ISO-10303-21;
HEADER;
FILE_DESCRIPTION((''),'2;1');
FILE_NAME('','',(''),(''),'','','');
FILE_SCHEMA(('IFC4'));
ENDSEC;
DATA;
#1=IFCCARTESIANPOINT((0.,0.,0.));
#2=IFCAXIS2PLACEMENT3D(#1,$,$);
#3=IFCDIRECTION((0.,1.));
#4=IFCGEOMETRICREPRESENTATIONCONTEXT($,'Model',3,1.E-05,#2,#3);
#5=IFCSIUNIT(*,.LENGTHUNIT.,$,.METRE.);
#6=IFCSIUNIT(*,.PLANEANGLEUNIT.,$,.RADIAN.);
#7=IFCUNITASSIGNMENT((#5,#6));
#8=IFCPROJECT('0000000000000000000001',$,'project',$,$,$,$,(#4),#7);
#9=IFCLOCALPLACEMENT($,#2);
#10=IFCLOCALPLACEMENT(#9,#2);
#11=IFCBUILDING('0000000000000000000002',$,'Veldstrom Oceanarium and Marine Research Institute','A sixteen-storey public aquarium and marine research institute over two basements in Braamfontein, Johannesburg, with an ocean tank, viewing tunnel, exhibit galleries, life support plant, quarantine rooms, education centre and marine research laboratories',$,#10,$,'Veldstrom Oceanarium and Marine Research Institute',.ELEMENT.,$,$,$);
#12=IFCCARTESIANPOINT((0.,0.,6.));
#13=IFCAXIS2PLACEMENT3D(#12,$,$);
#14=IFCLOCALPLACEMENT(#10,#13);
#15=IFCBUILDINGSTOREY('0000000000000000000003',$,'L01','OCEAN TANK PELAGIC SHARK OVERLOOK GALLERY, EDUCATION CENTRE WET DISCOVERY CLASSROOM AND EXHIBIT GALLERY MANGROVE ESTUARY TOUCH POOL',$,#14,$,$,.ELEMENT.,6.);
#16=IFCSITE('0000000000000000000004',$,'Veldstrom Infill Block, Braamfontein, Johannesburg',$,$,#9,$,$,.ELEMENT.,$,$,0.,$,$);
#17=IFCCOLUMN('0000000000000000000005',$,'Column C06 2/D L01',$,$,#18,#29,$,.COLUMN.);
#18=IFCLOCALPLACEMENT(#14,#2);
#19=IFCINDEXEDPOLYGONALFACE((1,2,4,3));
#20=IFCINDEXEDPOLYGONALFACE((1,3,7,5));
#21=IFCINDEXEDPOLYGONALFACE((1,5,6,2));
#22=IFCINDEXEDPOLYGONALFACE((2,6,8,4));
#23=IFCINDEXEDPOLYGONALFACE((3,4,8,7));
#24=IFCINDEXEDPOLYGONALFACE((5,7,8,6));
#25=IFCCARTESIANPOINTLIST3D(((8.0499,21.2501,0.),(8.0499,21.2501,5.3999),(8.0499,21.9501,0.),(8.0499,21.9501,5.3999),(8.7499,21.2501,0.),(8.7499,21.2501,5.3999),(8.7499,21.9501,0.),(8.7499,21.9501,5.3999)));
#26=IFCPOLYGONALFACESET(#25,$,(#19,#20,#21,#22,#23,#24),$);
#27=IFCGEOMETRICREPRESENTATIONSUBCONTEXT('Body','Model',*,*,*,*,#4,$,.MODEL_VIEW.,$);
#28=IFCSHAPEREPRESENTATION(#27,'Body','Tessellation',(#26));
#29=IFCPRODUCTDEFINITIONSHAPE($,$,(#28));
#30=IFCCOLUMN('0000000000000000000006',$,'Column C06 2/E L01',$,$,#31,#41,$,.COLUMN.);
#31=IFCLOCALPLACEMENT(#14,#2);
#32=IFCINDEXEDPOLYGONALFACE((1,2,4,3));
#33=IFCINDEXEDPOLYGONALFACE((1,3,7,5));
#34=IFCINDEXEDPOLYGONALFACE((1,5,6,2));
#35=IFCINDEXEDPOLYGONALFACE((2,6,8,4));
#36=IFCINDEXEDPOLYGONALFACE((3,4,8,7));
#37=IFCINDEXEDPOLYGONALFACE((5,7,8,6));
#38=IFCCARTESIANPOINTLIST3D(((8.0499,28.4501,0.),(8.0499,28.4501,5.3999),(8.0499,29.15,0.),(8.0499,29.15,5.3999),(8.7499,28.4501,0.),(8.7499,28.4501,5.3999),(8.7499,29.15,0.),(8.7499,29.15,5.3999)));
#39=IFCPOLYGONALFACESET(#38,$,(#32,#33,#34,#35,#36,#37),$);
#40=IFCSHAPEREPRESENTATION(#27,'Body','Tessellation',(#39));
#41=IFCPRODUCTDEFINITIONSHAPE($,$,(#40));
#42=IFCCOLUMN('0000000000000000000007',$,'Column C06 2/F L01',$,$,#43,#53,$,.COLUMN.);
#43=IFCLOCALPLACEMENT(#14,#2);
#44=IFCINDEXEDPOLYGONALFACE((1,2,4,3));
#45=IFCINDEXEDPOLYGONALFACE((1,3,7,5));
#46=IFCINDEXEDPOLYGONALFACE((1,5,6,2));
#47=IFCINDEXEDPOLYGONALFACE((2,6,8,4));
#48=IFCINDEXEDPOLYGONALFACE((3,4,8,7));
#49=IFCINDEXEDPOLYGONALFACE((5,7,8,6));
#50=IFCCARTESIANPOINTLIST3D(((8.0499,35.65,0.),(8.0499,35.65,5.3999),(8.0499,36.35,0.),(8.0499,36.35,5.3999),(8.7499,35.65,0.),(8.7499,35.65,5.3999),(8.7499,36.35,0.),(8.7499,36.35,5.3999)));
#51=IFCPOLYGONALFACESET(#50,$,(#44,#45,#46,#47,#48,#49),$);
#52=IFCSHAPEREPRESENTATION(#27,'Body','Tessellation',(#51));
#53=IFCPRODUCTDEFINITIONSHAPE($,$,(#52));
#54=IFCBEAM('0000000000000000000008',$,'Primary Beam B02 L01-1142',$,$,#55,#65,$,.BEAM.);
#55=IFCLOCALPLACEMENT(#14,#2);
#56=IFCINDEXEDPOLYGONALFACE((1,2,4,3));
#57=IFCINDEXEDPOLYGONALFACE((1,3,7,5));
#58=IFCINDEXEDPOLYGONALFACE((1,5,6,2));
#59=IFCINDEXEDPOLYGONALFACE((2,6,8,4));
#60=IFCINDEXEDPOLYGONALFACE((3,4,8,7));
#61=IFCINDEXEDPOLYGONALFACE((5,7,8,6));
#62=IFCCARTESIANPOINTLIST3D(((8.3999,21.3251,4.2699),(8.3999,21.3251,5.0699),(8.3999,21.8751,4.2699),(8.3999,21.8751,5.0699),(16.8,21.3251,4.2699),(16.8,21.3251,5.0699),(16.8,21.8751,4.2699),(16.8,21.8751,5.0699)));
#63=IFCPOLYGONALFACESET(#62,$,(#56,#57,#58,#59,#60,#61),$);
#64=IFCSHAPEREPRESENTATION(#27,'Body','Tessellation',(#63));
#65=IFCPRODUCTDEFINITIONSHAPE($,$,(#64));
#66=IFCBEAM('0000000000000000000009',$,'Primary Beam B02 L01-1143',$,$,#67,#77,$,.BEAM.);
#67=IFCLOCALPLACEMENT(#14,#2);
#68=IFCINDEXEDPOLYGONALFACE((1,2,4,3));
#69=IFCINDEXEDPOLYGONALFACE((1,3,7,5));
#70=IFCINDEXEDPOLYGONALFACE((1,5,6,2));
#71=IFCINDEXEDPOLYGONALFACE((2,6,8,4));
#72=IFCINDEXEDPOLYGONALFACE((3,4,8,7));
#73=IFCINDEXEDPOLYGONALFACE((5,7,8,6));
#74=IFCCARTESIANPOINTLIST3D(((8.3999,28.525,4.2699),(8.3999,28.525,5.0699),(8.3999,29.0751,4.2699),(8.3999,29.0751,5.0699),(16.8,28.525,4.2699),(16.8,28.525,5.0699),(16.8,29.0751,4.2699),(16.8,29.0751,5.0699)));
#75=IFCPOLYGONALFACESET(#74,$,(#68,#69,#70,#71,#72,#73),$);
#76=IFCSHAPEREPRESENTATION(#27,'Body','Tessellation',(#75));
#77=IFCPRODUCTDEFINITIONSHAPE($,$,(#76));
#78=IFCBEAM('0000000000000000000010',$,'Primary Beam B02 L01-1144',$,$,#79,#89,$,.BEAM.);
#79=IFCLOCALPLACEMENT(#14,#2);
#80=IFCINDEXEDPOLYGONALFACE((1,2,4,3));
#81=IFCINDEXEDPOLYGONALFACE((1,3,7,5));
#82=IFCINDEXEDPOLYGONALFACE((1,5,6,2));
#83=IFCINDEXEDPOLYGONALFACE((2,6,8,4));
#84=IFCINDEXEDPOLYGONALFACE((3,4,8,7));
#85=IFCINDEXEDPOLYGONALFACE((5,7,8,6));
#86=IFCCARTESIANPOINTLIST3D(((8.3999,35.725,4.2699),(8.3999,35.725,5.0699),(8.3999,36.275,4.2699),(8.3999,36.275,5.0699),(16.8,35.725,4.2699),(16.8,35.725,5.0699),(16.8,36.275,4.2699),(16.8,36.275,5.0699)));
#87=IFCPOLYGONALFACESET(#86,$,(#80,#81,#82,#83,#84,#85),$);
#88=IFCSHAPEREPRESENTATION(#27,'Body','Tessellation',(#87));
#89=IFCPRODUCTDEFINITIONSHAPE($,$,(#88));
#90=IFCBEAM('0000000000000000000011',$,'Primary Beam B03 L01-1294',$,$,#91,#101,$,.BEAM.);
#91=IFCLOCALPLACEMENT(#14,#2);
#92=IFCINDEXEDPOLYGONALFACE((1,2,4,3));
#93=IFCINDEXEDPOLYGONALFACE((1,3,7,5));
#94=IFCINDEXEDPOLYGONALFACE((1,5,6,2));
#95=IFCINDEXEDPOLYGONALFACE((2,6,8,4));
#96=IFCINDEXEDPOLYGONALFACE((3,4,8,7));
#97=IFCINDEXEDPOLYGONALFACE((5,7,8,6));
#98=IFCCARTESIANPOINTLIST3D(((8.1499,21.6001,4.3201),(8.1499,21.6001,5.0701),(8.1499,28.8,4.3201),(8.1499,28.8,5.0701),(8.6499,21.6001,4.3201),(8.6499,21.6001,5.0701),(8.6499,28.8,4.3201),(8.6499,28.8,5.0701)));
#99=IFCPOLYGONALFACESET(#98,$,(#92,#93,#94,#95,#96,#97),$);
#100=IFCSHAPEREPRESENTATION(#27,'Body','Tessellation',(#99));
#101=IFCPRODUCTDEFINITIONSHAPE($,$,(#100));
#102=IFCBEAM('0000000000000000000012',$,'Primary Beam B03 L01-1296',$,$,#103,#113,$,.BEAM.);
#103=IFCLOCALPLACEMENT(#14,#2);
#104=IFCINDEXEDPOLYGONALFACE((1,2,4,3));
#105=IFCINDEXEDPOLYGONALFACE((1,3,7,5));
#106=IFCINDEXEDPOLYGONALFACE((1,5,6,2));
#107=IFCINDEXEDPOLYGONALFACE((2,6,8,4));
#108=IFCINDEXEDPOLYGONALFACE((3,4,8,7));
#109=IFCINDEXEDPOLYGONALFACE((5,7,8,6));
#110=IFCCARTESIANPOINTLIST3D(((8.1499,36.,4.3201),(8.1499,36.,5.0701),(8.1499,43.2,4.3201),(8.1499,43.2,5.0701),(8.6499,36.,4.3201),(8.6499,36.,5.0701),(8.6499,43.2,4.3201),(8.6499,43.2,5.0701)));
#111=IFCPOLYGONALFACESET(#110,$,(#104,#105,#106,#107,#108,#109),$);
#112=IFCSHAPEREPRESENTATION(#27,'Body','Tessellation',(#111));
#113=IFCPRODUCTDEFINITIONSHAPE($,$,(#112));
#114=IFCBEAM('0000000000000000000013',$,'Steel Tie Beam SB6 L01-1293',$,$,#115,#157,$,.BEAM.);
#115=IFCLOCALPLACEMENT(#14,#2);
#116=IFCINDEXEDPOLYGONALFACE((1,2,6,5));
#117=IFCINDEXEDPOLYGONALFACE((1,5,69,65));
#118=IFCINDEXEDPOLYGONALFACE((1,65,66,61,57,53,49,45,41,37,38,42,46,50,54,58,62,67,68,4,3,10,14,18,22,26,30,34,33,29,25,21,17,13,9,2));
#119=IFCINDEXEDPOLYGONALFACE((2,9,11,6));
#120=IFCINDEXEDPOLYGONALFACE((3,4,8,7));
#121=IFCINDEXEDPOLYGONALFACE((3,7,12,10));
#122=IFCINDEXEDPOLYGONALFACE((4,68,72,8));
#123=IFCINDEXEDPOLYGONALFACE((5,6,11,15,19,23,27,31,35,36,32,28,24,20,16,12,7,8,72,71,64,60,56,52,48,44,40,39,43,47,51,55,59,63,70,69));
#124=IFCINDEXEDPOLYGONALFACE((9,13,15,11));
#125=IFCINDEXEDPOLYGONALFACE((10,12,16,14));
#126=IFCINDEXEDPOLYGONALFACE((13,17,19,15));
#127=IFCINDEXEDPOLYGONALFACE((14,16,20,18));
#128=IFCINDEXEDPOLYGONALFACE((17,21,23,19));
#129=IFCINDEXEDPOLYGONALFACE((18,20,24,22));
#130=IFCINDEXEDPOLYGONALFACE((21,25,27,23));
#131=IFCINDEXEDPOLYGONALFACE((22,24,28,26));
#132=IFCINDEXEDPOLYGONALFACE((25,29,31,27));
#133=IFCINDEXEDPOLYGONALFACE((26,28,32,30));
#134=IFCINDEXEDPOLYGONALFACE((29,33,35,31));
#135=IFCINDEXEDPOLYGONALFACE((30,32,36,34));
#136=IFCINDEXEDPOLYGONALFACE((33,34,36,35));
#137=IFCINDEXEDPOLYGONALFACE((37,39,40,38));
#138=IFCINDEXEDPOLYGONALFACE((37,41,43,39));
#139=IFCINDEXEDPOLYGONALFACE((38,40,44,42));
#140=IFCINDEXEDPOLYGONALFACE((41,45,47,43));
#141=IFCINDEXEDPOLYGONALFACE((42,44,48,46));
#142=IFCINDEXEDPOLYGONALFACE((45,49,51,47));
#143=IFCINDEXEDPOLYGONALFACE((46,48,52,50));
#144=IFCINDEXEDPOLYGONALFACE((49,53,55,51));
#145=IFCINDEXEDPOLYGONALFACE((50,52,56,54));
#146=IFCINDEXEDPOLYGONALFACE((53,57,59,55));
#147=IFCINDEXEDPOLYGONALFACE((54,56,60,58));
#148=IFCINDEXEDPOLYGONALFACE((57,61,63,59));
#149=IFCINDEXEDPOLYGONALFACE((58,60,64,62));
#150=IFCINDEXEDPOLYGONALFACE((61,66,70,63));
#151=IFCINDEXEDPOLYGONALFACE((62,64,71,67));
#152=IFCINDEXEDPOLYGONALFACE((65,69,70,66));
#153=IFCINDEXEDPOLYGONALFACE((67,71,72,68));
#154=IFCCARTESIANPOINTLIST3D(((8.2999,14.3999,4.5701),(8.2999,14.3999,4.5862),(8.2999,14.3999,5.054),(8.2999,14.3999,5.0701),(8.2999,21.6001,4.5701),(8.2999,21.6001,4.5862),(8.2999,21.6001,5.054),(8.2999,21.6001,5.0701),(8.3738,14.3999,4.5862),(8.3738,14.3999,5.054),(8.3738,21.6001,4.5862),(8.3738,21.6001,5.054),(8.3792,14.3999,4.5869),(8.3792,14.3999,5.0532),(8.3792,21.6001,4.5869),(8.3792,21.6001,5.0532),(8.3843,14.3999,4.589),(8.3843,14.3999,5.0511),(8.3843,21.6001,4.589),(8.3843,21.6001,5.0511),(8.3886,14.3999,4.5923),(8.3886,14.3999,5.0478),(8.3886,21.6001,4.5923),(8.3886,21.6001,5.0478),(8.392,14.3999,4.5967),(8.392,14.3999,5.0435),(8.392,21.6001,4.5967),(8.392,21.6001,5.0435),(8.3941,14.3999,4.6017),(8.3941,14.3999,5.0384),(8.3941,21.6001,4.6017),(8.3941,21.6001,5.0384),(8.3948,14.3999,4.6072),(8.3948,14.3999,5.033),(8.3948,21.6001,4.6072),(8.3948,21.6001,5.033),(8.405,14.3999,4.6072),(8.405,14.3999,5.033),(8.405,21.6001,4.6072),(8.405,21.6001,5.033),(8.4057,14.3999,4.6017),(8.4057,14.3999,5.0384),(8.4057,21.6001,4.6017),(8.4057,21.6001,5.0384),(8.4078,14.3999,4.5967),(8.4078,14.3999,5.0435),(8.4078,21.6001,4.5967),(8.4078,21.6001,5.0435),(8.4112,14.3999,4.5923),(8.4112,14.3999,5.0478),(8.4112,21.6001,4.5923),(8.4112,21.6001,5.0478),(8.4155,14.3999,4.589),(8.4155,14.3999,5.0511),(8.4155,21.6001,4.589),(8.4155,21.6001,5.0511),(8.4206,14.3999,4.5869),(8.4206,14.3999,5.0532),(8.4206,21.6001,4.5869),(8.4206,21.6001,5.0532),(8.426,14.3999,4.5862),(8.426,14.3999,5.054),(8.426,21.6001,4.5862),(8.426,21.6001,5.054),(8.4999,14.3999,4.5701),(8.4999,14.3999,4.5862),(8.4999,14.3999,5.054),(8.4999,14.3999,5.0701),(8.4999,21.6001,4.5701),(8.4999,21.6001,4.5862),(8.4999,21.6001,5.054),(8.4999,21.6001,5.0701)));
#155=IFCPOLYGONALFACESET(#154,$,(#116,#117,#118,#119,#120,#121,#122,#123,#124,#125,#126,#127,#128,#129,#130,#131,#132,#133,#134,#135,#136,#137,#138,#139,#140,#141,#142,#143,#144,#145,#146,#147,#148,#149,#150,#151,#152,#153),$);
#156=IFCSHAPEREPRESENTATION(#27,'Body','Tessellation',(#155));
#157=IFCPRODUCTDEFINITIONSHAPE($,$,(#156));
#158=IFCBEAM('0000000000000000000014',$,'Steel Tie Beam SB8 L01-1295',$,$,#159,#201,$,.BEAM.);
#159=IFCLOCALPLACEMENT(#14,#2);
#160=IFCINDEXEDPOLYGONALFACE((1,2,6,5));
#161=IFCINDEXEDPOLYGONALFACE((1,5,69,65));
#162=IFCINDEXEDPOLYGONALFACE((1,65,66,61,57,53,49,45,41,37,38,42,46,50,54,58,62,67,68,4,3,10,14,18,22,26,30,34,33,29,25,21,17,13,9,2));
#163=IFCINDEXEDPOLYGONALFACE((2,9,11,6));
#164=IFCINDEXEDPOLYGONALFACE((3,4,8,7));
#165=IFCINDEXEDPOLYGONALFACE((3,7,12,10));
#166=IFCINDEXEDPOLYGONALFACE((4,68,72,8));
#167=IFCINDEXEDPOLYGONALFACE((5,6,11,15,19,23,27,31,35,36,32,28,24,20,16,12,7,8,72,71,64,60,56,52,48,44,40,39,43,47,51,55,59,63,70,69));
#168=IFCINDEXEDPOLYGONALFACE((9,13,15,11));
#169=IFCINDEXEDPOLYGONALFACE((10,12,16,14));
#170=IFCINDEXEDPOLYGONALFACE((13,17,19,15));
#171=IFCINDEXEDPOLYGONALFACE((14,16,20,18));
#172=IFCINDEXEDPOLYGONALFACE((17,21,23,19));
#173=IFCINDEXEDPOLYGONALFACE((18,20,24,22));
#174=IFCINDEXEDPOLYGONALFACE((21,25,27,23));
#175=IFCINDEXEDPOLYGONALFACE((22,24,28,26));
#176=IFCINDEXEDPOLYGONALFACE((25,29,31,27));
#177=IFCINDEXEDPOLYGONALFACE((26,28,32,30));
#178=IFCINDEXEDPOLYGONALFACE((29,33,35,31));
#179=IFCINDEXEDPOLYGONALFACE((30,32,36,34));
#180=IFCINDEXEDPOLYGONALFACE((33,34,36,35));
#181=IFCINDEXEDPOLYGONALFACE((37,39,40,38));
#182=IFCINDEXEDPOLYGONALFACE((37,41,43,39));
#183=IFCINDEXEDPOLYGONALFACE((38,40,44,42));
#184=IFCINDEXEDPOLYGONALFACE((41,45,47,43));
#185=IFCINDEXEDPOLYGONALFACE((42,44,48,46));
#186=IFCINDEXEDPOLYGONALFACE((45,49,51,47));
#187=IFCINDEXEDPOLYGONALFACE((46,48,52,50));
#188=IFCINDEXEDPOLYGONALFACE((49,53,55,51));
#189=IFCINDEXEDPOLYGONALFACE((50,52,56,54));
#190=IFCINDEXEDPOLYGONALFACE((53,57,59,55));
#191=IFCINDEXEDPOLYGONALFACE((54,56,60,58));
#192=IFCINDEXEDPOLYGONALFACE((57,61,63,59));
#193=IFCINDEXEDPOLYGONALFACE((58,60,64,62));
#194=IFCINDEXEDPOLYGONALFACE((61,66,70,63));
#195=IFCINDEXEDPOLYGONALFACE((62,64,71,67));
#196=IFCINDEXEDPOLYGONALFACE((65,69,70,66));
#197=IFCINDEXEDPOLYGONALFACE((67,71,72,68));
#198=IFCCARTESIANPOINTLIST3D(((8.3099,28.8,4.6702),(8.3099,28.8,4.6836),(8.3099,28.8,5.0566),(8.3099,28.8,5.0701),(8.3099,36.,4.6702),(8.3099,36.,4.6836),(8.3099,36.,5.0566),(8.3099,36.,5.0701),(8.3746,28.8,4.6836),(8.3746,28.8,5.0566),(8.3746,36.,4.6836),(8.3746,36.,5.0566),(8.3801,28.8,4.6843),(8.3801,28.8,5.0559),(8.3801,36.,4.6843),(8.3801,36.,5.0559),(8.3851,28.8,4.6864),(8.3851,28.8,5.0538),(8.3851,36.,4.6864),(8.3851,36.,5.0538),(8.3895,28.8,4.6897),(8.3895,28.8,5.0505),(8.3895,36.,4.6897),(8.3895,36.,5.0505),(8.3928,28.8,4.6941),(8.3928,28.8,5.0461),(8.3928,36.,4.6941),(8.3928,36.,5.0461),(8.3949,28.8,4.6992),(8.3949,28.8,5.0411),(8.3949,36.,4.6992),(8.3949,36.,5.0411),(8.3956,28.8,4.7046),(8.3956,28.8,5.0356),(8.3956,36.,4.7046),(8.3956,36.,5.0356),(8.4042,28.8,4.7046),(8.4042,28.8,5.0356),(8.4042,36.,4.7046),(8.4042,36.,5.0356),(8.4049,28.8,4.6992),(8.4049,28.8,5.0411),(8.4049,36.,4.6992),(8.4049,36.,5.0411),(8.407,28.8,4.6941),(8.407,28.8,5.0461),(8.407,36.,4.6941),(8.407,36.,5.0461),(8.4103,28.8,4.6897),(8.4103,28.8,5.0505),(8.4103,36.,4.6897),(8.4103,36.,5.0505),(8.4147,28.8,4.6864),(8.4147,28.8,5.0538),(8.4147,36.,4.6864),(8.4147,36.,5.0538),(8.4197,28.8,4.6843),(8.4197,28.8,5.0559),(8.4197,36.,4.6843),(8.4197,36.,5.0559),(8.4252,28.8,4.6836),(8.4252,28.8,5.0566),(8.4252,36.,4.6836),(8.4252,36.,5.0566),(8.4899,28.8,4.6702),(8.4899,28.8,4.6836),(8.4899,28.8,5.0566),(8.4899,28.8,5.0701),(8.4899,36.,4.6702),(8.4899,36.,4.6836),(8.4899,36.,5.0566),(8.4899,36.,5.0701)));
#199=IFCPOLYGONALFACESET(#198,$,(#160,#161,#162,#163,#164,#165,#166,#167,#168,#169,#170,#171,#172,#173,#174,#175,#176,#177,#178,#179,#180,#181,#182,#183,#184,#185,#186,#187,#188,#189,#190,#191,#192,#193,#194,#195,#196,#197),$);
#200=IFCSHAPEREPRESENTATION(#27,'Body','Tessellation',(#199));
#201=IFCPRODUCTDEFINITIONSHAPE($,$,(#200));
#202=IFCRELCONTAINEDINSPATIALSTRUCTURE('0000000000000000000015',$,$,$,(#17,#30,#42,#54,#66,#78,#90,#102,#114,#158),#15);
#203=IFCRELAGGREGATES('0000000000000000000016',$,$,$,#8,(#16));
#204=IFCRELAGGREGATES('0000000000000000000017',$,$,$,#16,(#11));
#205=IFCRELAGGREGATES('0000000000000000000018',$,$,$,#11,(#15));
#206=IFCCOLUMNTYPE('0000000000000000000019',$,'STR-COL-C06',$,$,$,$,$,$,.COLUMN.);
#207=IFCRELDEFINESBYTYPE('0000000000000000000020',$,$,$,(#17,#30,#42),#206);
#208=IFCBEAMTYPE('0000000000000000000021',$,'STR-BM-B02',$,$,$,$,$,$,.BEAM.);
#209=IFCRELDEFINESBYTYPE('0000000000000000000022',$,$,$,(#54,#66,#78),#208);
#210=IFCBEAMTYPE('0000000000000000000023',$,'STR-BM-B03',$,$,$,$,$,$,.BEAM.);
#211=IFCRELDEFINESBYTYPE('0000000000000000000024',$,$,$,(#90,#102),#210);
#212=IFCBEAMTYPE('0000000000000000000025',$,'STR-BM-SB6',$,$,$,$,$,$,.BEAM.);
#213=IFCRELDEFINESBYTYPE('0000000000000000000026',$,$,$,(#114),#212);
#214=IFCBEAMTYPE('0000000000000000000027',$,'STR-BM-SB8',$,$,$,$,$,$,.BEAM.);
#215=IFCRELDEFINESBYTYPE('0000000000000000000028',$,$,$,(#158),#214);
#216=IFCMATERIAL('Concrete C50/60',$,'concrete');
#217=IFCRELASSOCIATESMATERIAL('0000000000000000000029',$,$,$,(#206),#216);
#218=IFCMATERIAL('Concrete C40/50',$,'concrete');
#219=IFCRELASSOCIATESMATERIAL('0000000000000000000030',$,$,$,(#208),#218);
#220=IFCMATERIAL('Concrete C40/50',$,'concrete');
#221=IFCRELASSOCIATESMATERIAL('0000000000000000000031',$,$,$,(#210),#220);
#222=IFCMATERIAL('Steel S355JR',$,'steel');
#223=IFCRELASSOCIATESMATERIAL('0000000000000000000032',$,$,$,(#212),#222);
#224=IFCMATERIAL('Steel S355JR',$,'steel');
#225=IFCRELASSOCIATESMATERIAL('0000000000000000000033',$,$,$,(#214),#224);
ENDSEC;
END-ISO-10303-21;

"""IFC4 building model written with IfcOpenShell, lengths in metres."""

from ifc_helpers import new_model, si_unit, direction, frame, origin, origin_2d, place, context, subcontext, project, spatial, rectangle, i_section, extrude, material, material_profile, profile_set, type_object, element, save


model = new_model("IFC4")

# Units and contexts
model_context = context("Model", 3, precision=1e-05, world=origin(), true_north=direction((0.0, 1.0)))
body_context = subcontext(model_context, "Body", "Model", "MODEL_VIEW")
ifc_project = project(units=[si_unit("LENGTHUNIT", "METRE"), si_unit("PLANEANGLEUNIT", "RADIAN")], contexts=[model_context])

# Site, building, storey
site_placement = place(None, origin())
site = spatial("IfcSite", under=ifc_project, at=site_placement, Name="Veldstrom Infill Block, Braamfontein, Johannesburg", CompositionType="ELEMENT", RefElevation=0.0)
building_placement = place(site_placement, origin())
building = spatial("IfcBuilding", under=site, at=building_placement, Name="Veldstrom Oceanarium and Marine Research Institute", Description="A sixteen-storey public aquarium and marine research institute over two basements in Braamfontein, Johannesburg, with an ocean tank, viewing tunnel, exhibit galleries, life support plant, quarantine rooms, education centre and marine research laboratories", LongName="Veldstrom Oceanarium and Marine Research Institute", CompositionType="ELEMENT")
storey_placement = place(building_placement, frame((0.0, 0.0, 6.0)))
storey = spatial("IfcBuildingStorey", under=building, at=storey_placement, Name="L01", Description="OCEAN TANK PELAGIC SHARK OVERLOOK GALLERY, EDUCATION CENTRE WET DISCOVERY CLASSROOM AND EXHIBIT GALLERY MANGROVE ESTUARY TOUCH POOL", CompositionType="ELEMENT", Elevation=6.0)

# Columns
ifc_material_1 = material(Name="Concrete C50/60", Category="concrete")
ifc_material_profile_1 = material_profile(ifc_material_1, rectangle(XDim=0.7, YDim=0.7, at=origin_2d()), Name="RC-COL-700x700")
ifc_profile_set_1 = profile_set([ifc_material_profile_1], Name="Concrete C50/60")
column_type = type_object("IfcColumnType", Name="STR-COL-C06", PredefinedType="COLUMN", material=ifc_profile_set_1)
for number, where, z_axis, x_axis, name in (
    (1, (8.3999, 21.6001, 0.0), (0.0, 0.0, 1.0), (1.0, 0.0, 0.0), "Column C06 2/D L01"),
    (2, (8.3999, 28.8, 0.0), (0.0, 0.0, 1.0), (1.0, 0.0, 0.0), "Column C06 2/E L01"),
    (3, (8.3999, 36.0, 0.0), (0.0, 0.0, 1.0), (1.0, 0.0, 0.0), "Column C06 2/F L01"),
):
    element("IfcColumn", number, at=place(storey_placement, frame(where, z_axis=z_axis, x_axis=x_axis)), inside=storey, type_object=column_type, Name=name, PredefinedType="COLUMN", context=body_context, shape_type="SweptSolid", body=[
        extrude(rectangle(XDim=0.7, YDim=0.7, at=origin_2d()), origin(), (0.0, 0.0, 1.0), 5.3999),
    ])

# Beams
ifc_material_2 = material(Name="Concrete C40/50", Category="concrete")
ifc_material_profile_2 = material_profile(ifc_material_2, rectangle(XDim=0.55, YDim=0.8, at=origin_2d()), Name="RC-BM-550x800")
ifc_profile_set_2 = profile_set([ifc_material_profile_2], Name="Concrete C40/50")
beam_type_1 = type_object("IfcBeamType", Name="STR-BM-B02", PredefinedType="BEAM", material=ifc_profile_set_2)
for number, where, z_axis, x_axis, name in (
    (4, (8.3999, 21.6001, 4.6699), (1.0, 0.0, 0.0), (0.0, 1.0, 0.0), "Primary Beam B02 L01-1142"),
    (5, (8.3999, 28.8, 4.6699), (1.0, 0.0, 0.0), (0.0, 1.0, 0.0), "Primary Beam B02 L01-1143"),
    (6, (8.3999, 36.0, 4.6699), (1.0, 0.0, 0.0), (0.0, 1.0, 0.0), "Primary Beam B02 L01-1144"),
):
    element("IfcBeam", number, at=place(storey_placement, frame(where, z_axis=z_axis, x_axis=x_axis)), inside=storey, type_object=beam_type_1, Name=name, PredefinedType="BEAM", context=body_context, shape_type="SweptSolid", body=[
        extrude(rectangle(XDim=0.55, YDim=0.8, at=origin_2d()), origin(), (0.0, 0.0, 1.0), 8.4001),
    ])
ifc_material_3 = material(Name="Concrete C40/50", Category="concrete")
ifc_material_profile_3 = material_profile(ifc_material_3, rectangle(XDim=0.5, YDim=0.75, at=origin_2d()), Name="RC-BM-500x750")
ifc_profile_set_3 = profile_set([ifc_material_profile_3], Name="Concrete C40/50")
beam_type_2 = type_object("IfcBeamType", Name="STR-BM-B03", PredefinedType="BEAM", material=ifc_profile_set_3)
for number, where, z_axis, x_axis, name in (
    (7, (8.3999, 21.6001, 4.6951), (0.0, 1.0, 0.0), (-1.0, 0.0, 0.0), "Primary Beam B03 L01-1294"),
    (8, (8.3999, 36.0, 4.6951), (0.0, 1.0, 0.0), (-1.0, 0.0, 0.0), "Primary Beam B03 L01-1296"),
):
    element("IfcBeam", number, at=place(storey_placement, frame(where, z_axis=z_axis, x_axis=x_axis)), inside=storey, type_object=beam_type_2, Name=name, PredefinedType="BEAM", context=body_context, shape_type="SweptSolid", body=[
        extrude(rectangle(XDim=0.5, YDim=0.75, at=origin_2d()), origin(), (0.0, 0.0, 1.0), 7.2),
    ])
ifc_material_4 = material(Name="Steel S355JR", Category="steel")
ifc_material_profile_4 = material_profile(ifc_material_4, i_section(OverallWidth=0.2, OverallDepth=0.5, WebThickness=0.0103, FlangeThickness=0.0161, FilletRadius=0.021, at=origin_2d()), Name="IPE 500")
ifc_profile_set_4 = profile_set([ifc_material_profile_4], Name="Steel S355JR")
beam_type_3 = type_object("IfcBeamType", Name="STR-BM-SB6", PredefinedType="BEAM", material=ifc_profile_set_4)
beam_1_placement = place(storey_placement, frame((8.3999, 14.3999, 4.8201), z_axis=(0.0, 1.0, 0.0), x_axis=(-1.0, 0.0, 0.0)))
element("IfcBeam", 9, at=beam_1_placement, inside=storey, type_object=beam_type_3, Name="Steel Tie Beam SB6 L01-1293", PredefinedType="BEAM", context=body_context, shape_type="SweptSolid", body=[
    extrude(i_section(OverallWidth=0.2, OverallDepth=0.5, WebThickness=0.0103, FlangeThickness=0.0161, FilletRadius=0.021, at=origin_2d()), origin(), (0.0, 0.0, 1.0), 7.2002),
])
ifc_material_5 = material(Name="Steel S355JR", Category="steel")
ifc_material_profile_5 = material_profile(ifc_material_5, i_section(OverallWidth=0.1799, OverallDepth=0.3999, WebThickness=0.0085, FlangeThickness=0.0134, FilletRadius=0.021, at=origin_2d()), Name="IPE 400")
ifc_profile_set_5 = profile_set([ifc_material_profile_5], Name="Steel S355JR")
beam_type_4 = type_object("IfcBeamType", Name="STR-BM-SB8", PredefinedType="BEAM", material=ifc_profile_set_5)
beam_2_placement = place(storey_placement, frame((8.3999, 28.8, 4.8701), z_axis=(0.0, 1.0, 0.0), x_axis=(-1.0, 0.0, 0.0)))
element("IfcBeam", 10, at=beam_2_placement, inside=storey, type_object=beam_type_4, Name="Steel Tie Beam SB8 L01-1295", PredefinedType="BEAM", context=body_context, shape_type="SweptSolid", body=[
    extrude(i_section(OverallWidth=0.1799, OverallDepth=0.3999, WebThickness=0.0085, FlangeThickness=0.0134, FilletRadius=0.021, at=origin_2d()), origin(), (0.0, 0.0, 1.0), 7.2),
])

save(model, "model.ifc")
